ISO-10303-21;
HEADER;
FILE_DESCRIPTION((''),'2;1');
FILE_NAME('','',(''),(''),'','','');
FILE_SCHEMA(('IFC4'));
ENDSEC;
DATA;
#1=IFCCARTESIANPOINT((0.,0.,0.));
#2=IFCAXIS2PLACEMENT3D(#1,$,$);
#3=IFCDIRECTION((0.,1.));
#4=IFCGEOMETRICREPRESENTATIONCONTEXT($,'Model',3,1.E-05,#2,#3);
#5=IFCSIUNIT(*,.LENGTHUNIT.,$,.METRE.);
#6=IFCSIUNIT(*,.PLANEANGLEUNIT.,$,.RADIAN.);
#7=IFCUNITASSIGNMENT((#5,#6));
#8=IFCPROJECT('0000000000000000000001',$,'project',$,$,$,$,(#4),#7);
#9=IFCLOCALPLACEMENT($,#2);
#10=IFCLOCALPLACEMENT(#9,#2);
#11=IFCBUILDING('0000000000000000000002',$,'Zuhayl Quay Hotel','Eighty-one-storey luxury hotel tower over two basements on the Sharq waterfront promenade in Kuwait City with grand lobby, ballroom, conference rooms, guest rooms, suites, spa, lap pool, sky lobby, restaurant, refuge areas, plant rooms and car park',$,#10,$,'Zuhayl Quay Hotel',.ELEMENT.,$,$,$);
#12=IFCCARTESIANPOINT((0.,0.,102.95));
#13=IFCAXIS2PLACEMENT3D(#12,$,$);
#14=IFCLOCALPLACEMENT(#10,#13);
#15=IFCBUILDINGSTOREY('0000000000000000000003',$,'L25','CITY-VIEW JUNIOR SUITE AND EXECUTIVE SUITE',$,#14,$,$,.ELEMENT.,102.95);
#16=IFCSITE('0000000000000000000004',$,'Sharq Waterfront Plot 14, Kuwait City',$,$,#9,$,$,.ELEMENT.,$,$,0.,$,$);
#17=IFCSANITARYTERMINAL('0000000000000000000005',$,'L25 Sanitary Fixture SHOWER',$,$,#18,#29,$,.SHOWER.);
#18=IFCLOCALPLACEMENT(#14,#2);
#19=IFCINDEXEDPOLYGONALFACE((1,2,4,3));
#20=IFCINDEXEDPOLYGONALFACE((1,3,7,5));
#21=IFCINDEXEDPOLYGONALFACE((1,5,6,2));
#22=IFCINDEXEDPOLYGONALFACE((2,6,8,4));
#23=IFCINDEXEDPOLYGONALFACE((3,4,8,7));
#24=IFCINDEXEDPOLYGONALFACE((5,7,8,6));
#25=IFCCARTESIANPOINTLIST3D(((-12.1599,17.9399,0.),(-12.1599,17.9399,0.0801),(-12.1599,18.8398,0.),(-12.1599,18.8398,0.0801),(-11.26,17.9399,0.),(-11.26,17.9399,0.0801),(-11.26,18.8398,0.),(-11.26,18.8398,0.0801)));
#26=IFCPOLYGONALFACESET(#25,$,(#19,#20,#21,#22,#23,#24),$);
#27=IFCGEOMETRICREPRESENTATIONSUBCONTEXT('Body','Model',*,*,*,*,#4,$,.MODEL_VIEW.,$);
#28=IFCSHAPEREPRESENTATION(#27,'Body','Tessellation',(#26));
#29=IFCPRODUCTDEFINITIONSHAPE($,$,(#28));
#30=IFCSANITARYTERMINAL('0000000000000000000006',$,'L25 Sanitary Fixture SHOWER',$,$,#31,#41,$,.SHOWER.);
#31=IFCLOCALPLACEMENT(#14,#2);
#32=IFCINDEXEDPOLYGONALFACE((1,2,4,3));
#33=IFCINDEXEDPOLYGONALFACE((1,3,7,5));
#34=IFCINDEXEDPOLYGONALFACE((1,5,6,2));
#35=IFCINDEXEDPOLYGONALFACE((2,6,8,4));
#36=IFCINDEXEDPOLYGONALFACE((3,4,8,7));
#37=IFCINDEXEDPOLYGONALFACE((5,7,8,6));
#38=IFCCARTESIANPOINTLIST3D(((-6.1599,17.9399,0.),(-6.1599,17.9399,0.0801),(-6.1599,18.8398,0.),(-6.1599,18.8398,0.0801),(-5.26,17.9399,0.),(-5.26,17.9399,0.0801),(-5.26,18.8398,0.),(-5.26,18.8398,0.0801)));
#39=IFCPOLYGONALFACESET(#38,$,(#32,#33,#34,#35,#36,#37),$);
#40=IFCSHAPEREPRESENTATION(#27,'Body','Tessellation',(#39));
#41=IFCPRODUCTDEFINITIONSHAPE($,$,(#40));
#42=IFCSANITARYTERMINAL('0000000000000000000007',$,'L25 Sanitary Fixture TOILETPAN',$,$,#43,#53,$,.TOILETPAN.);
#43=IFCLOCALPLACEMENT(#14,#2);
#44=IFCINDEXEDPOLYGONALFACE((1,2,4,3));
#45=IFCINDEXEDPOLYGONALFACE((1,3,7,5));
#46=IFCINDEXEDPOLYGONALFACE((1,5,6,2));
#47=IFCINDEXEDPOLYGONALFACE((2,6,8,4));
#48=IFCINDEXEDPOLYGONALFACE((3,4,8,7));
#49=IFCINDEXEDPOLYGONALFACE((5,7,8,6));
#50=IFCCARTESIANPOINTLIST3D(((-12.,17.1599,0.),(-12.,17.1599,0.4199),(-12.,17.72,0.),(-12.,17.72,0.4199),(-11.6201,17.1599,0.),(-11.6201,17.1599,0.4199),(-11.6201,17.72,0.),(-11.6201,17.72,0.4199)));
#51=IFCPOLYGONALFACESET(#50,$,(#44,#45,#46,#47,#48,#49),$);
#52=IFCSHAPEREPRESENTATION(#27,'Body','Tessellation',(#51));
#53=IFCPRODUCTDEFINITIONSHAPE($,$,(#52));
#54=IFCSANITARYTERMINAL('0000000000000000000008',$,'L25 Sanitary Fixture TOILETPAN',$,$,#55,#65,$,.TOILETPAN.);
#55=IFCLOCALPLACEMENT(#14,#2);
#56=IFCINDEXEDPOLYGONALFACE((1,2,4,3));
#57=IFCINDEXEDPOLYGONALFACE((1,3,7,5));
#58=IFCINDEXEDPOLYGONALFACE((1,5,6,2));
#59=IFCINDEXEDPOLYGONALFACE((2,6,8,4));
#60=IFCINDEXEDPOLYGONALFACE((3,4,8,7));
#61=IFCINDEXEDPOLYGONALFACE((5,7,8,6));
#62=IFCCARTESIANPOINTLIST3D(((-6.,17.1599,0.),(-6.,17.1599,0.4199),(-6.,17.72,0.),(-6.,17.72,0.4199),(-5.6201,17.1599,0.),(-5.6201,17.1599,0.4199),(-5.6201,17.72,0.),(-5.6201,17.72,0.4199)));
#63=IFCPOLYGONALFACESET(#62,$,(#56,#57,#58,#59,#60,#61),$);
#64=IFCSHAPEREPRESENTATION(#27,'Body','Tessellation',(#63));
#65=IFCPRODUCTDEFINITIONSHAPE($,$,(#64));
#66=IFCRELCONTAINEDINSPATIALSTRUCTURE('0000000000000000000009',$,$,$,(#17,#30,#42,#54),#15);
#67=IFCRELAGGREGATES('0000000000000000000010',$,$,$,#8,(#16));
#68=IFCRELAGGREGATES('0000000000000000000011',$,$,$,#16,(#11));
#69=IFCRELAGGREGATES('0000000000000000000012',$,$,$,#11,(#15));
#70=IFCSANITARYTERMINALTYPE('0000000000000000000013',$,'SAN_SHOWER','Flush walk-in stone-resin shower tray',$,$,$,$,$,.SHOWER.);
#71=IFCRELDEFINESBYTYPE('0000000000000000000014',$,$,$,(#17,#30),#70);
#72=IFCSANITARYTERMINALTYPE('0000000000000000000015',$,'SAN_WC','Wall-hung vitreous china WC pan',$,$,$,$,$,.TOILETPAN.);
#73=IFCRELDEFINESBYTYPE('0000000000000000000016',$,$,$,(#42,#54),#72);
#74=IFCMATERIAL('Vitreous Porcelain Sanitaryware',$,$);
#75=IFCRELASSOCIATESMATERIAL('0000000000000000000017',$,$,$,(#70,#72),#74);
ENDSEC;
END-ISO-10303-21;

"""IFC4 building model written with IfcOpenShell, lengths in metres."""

from ifc_helpers import new_model, si_unit, direction, frame, origin, origin_2d, place, context, subcontext, project, spatial, rectangle, extrude, material, type_object, element, save


model = new_model("IFC4")

# Units and contexts
model_context = context("Model", 3, precision=1e-05, world=origin(), true_north=direction((0.0, 1.0)))
body_context = subcontext(model_context, "Body", "Model", "MODEL_VIEW")
ifc_project = project(units=[si_unit("LENGTHUNIT", "METRE"), si_unit("PLANEANGLEUNIT", "RADIAN")], contexts=[model_context])

# Site, building, storey
site_placement = place(None, origin())
site = spatial("IfcSite", under=ifc_project, at=site_placement, Name="Sharq Waterfront Plot 14, Kuwait City", CompositionType="ELEMENT", RefElevation=0.0)
building_placement = place(site_placement, origin())
building = spatial("IfcBuilding", under=site, at=building_placement, Name="Zuhayl Quay Hotel", Description="Eighty-one-storey luxury hotel tower over two basements on the Sharq waterfront promenade in Kuwait City with grand lobby, ballroom, conference rooms, guest rooms, suites, spa, lap pool, sky lobby, restaurant, refuge areas, plant rooms and car park", LongName="Zuhayl Quay Hotel", CompositionType="ELEMENT")
storey_placement = place(building_placement, frame((0.0, 0.0, 102.95)))
storey = spatial("IfcBuildingStorey", under=building, at=storey_placement, Name="L25", Description="CITY-VIEW JUNIOR SUITE AND EXECUTIVE SUITE", CompositionType="ELEMENT", Elevation=102.95)

# Sanitary terminals
ifc_material_1 = material(Name="Vitreous Porcelain Sanitaryware")
sanitary_terminal_type_1 = type_object("IfcSanitaryTerminalType", Name="SAN_SHOWER", Description="Flush walk-in stone-resin shower tray", PredefinedType="SHOWER", material=ifc_material_1)
for number, where, z_axis, x_axis, name in (
    (1, (-11.71, 18.3899, 0.0), (0.0, 0.0, 1.0), (1.0, 0.0, 0.0), "L25 Sanitary Fixture SHOWER"),
    (2, (-5.71, 18.3899, 0.0), (0.0, 0.0, 1.0), (1.0, 0.0, 0.0), "L25 Sanitary Fixture SHOWER"),
):
    element("IfcSanitaryTerminal", number, at=place(storey_placement, frame(where, z_axis=z_axis, x_axis=x_axis)), inside=storey, type_object=sanitary_terminal_type_1, Name=name, PredefinedType="SHOWER", context=body_context, shape_type="SweptSolid", body=[
        extrude(rectangle(XDim=0.8999, YDim=0.8999, at=origin_2d()), origin(), (0.0, 0.0, 1.0), 0.0801),
    ])
sanitary_terminal_type_2 = type_object("IfcSanitaryTerminalType", Name="SAN_WC", Description="Wall-hung vitreous china WC pan", PredefinedType="TOILETPAN", material=ifc_material_1)
for number, where, z_axis, x_axis, name in (
    (3, (-11.8101, 17.4399, 0.0), (0.0, 0.0, 1.0), (1.0, 0.0, 0.0), "L25 Sanitary Fixture TOILETPAN"),
    (4, (-5.8101, 17.4399, 0.0), (0.0, 0.0, 1.0), (1.0, 0.0, 0.0), "L25 Sanitary Fixture TOILETPAN"),
):
    element("IfcSanitaryTerminal", number, at=place(storey_placement, frame(where, z_axis=z_axis, x_axis=x_axis)), inside=storey, type_object=sanitary_terminal_type_2, Name=name, PredefinedType="TOILETPAN", context=body_context, shape_type="SweptSolid", body=[
        extrude(rectangle(XDim=0.3799, YDim=0.5601, at=origin_2d()), origin(), (0.0, 0.0, 1.0), 0.4199),
    ])

save(model, "model.ifc")
